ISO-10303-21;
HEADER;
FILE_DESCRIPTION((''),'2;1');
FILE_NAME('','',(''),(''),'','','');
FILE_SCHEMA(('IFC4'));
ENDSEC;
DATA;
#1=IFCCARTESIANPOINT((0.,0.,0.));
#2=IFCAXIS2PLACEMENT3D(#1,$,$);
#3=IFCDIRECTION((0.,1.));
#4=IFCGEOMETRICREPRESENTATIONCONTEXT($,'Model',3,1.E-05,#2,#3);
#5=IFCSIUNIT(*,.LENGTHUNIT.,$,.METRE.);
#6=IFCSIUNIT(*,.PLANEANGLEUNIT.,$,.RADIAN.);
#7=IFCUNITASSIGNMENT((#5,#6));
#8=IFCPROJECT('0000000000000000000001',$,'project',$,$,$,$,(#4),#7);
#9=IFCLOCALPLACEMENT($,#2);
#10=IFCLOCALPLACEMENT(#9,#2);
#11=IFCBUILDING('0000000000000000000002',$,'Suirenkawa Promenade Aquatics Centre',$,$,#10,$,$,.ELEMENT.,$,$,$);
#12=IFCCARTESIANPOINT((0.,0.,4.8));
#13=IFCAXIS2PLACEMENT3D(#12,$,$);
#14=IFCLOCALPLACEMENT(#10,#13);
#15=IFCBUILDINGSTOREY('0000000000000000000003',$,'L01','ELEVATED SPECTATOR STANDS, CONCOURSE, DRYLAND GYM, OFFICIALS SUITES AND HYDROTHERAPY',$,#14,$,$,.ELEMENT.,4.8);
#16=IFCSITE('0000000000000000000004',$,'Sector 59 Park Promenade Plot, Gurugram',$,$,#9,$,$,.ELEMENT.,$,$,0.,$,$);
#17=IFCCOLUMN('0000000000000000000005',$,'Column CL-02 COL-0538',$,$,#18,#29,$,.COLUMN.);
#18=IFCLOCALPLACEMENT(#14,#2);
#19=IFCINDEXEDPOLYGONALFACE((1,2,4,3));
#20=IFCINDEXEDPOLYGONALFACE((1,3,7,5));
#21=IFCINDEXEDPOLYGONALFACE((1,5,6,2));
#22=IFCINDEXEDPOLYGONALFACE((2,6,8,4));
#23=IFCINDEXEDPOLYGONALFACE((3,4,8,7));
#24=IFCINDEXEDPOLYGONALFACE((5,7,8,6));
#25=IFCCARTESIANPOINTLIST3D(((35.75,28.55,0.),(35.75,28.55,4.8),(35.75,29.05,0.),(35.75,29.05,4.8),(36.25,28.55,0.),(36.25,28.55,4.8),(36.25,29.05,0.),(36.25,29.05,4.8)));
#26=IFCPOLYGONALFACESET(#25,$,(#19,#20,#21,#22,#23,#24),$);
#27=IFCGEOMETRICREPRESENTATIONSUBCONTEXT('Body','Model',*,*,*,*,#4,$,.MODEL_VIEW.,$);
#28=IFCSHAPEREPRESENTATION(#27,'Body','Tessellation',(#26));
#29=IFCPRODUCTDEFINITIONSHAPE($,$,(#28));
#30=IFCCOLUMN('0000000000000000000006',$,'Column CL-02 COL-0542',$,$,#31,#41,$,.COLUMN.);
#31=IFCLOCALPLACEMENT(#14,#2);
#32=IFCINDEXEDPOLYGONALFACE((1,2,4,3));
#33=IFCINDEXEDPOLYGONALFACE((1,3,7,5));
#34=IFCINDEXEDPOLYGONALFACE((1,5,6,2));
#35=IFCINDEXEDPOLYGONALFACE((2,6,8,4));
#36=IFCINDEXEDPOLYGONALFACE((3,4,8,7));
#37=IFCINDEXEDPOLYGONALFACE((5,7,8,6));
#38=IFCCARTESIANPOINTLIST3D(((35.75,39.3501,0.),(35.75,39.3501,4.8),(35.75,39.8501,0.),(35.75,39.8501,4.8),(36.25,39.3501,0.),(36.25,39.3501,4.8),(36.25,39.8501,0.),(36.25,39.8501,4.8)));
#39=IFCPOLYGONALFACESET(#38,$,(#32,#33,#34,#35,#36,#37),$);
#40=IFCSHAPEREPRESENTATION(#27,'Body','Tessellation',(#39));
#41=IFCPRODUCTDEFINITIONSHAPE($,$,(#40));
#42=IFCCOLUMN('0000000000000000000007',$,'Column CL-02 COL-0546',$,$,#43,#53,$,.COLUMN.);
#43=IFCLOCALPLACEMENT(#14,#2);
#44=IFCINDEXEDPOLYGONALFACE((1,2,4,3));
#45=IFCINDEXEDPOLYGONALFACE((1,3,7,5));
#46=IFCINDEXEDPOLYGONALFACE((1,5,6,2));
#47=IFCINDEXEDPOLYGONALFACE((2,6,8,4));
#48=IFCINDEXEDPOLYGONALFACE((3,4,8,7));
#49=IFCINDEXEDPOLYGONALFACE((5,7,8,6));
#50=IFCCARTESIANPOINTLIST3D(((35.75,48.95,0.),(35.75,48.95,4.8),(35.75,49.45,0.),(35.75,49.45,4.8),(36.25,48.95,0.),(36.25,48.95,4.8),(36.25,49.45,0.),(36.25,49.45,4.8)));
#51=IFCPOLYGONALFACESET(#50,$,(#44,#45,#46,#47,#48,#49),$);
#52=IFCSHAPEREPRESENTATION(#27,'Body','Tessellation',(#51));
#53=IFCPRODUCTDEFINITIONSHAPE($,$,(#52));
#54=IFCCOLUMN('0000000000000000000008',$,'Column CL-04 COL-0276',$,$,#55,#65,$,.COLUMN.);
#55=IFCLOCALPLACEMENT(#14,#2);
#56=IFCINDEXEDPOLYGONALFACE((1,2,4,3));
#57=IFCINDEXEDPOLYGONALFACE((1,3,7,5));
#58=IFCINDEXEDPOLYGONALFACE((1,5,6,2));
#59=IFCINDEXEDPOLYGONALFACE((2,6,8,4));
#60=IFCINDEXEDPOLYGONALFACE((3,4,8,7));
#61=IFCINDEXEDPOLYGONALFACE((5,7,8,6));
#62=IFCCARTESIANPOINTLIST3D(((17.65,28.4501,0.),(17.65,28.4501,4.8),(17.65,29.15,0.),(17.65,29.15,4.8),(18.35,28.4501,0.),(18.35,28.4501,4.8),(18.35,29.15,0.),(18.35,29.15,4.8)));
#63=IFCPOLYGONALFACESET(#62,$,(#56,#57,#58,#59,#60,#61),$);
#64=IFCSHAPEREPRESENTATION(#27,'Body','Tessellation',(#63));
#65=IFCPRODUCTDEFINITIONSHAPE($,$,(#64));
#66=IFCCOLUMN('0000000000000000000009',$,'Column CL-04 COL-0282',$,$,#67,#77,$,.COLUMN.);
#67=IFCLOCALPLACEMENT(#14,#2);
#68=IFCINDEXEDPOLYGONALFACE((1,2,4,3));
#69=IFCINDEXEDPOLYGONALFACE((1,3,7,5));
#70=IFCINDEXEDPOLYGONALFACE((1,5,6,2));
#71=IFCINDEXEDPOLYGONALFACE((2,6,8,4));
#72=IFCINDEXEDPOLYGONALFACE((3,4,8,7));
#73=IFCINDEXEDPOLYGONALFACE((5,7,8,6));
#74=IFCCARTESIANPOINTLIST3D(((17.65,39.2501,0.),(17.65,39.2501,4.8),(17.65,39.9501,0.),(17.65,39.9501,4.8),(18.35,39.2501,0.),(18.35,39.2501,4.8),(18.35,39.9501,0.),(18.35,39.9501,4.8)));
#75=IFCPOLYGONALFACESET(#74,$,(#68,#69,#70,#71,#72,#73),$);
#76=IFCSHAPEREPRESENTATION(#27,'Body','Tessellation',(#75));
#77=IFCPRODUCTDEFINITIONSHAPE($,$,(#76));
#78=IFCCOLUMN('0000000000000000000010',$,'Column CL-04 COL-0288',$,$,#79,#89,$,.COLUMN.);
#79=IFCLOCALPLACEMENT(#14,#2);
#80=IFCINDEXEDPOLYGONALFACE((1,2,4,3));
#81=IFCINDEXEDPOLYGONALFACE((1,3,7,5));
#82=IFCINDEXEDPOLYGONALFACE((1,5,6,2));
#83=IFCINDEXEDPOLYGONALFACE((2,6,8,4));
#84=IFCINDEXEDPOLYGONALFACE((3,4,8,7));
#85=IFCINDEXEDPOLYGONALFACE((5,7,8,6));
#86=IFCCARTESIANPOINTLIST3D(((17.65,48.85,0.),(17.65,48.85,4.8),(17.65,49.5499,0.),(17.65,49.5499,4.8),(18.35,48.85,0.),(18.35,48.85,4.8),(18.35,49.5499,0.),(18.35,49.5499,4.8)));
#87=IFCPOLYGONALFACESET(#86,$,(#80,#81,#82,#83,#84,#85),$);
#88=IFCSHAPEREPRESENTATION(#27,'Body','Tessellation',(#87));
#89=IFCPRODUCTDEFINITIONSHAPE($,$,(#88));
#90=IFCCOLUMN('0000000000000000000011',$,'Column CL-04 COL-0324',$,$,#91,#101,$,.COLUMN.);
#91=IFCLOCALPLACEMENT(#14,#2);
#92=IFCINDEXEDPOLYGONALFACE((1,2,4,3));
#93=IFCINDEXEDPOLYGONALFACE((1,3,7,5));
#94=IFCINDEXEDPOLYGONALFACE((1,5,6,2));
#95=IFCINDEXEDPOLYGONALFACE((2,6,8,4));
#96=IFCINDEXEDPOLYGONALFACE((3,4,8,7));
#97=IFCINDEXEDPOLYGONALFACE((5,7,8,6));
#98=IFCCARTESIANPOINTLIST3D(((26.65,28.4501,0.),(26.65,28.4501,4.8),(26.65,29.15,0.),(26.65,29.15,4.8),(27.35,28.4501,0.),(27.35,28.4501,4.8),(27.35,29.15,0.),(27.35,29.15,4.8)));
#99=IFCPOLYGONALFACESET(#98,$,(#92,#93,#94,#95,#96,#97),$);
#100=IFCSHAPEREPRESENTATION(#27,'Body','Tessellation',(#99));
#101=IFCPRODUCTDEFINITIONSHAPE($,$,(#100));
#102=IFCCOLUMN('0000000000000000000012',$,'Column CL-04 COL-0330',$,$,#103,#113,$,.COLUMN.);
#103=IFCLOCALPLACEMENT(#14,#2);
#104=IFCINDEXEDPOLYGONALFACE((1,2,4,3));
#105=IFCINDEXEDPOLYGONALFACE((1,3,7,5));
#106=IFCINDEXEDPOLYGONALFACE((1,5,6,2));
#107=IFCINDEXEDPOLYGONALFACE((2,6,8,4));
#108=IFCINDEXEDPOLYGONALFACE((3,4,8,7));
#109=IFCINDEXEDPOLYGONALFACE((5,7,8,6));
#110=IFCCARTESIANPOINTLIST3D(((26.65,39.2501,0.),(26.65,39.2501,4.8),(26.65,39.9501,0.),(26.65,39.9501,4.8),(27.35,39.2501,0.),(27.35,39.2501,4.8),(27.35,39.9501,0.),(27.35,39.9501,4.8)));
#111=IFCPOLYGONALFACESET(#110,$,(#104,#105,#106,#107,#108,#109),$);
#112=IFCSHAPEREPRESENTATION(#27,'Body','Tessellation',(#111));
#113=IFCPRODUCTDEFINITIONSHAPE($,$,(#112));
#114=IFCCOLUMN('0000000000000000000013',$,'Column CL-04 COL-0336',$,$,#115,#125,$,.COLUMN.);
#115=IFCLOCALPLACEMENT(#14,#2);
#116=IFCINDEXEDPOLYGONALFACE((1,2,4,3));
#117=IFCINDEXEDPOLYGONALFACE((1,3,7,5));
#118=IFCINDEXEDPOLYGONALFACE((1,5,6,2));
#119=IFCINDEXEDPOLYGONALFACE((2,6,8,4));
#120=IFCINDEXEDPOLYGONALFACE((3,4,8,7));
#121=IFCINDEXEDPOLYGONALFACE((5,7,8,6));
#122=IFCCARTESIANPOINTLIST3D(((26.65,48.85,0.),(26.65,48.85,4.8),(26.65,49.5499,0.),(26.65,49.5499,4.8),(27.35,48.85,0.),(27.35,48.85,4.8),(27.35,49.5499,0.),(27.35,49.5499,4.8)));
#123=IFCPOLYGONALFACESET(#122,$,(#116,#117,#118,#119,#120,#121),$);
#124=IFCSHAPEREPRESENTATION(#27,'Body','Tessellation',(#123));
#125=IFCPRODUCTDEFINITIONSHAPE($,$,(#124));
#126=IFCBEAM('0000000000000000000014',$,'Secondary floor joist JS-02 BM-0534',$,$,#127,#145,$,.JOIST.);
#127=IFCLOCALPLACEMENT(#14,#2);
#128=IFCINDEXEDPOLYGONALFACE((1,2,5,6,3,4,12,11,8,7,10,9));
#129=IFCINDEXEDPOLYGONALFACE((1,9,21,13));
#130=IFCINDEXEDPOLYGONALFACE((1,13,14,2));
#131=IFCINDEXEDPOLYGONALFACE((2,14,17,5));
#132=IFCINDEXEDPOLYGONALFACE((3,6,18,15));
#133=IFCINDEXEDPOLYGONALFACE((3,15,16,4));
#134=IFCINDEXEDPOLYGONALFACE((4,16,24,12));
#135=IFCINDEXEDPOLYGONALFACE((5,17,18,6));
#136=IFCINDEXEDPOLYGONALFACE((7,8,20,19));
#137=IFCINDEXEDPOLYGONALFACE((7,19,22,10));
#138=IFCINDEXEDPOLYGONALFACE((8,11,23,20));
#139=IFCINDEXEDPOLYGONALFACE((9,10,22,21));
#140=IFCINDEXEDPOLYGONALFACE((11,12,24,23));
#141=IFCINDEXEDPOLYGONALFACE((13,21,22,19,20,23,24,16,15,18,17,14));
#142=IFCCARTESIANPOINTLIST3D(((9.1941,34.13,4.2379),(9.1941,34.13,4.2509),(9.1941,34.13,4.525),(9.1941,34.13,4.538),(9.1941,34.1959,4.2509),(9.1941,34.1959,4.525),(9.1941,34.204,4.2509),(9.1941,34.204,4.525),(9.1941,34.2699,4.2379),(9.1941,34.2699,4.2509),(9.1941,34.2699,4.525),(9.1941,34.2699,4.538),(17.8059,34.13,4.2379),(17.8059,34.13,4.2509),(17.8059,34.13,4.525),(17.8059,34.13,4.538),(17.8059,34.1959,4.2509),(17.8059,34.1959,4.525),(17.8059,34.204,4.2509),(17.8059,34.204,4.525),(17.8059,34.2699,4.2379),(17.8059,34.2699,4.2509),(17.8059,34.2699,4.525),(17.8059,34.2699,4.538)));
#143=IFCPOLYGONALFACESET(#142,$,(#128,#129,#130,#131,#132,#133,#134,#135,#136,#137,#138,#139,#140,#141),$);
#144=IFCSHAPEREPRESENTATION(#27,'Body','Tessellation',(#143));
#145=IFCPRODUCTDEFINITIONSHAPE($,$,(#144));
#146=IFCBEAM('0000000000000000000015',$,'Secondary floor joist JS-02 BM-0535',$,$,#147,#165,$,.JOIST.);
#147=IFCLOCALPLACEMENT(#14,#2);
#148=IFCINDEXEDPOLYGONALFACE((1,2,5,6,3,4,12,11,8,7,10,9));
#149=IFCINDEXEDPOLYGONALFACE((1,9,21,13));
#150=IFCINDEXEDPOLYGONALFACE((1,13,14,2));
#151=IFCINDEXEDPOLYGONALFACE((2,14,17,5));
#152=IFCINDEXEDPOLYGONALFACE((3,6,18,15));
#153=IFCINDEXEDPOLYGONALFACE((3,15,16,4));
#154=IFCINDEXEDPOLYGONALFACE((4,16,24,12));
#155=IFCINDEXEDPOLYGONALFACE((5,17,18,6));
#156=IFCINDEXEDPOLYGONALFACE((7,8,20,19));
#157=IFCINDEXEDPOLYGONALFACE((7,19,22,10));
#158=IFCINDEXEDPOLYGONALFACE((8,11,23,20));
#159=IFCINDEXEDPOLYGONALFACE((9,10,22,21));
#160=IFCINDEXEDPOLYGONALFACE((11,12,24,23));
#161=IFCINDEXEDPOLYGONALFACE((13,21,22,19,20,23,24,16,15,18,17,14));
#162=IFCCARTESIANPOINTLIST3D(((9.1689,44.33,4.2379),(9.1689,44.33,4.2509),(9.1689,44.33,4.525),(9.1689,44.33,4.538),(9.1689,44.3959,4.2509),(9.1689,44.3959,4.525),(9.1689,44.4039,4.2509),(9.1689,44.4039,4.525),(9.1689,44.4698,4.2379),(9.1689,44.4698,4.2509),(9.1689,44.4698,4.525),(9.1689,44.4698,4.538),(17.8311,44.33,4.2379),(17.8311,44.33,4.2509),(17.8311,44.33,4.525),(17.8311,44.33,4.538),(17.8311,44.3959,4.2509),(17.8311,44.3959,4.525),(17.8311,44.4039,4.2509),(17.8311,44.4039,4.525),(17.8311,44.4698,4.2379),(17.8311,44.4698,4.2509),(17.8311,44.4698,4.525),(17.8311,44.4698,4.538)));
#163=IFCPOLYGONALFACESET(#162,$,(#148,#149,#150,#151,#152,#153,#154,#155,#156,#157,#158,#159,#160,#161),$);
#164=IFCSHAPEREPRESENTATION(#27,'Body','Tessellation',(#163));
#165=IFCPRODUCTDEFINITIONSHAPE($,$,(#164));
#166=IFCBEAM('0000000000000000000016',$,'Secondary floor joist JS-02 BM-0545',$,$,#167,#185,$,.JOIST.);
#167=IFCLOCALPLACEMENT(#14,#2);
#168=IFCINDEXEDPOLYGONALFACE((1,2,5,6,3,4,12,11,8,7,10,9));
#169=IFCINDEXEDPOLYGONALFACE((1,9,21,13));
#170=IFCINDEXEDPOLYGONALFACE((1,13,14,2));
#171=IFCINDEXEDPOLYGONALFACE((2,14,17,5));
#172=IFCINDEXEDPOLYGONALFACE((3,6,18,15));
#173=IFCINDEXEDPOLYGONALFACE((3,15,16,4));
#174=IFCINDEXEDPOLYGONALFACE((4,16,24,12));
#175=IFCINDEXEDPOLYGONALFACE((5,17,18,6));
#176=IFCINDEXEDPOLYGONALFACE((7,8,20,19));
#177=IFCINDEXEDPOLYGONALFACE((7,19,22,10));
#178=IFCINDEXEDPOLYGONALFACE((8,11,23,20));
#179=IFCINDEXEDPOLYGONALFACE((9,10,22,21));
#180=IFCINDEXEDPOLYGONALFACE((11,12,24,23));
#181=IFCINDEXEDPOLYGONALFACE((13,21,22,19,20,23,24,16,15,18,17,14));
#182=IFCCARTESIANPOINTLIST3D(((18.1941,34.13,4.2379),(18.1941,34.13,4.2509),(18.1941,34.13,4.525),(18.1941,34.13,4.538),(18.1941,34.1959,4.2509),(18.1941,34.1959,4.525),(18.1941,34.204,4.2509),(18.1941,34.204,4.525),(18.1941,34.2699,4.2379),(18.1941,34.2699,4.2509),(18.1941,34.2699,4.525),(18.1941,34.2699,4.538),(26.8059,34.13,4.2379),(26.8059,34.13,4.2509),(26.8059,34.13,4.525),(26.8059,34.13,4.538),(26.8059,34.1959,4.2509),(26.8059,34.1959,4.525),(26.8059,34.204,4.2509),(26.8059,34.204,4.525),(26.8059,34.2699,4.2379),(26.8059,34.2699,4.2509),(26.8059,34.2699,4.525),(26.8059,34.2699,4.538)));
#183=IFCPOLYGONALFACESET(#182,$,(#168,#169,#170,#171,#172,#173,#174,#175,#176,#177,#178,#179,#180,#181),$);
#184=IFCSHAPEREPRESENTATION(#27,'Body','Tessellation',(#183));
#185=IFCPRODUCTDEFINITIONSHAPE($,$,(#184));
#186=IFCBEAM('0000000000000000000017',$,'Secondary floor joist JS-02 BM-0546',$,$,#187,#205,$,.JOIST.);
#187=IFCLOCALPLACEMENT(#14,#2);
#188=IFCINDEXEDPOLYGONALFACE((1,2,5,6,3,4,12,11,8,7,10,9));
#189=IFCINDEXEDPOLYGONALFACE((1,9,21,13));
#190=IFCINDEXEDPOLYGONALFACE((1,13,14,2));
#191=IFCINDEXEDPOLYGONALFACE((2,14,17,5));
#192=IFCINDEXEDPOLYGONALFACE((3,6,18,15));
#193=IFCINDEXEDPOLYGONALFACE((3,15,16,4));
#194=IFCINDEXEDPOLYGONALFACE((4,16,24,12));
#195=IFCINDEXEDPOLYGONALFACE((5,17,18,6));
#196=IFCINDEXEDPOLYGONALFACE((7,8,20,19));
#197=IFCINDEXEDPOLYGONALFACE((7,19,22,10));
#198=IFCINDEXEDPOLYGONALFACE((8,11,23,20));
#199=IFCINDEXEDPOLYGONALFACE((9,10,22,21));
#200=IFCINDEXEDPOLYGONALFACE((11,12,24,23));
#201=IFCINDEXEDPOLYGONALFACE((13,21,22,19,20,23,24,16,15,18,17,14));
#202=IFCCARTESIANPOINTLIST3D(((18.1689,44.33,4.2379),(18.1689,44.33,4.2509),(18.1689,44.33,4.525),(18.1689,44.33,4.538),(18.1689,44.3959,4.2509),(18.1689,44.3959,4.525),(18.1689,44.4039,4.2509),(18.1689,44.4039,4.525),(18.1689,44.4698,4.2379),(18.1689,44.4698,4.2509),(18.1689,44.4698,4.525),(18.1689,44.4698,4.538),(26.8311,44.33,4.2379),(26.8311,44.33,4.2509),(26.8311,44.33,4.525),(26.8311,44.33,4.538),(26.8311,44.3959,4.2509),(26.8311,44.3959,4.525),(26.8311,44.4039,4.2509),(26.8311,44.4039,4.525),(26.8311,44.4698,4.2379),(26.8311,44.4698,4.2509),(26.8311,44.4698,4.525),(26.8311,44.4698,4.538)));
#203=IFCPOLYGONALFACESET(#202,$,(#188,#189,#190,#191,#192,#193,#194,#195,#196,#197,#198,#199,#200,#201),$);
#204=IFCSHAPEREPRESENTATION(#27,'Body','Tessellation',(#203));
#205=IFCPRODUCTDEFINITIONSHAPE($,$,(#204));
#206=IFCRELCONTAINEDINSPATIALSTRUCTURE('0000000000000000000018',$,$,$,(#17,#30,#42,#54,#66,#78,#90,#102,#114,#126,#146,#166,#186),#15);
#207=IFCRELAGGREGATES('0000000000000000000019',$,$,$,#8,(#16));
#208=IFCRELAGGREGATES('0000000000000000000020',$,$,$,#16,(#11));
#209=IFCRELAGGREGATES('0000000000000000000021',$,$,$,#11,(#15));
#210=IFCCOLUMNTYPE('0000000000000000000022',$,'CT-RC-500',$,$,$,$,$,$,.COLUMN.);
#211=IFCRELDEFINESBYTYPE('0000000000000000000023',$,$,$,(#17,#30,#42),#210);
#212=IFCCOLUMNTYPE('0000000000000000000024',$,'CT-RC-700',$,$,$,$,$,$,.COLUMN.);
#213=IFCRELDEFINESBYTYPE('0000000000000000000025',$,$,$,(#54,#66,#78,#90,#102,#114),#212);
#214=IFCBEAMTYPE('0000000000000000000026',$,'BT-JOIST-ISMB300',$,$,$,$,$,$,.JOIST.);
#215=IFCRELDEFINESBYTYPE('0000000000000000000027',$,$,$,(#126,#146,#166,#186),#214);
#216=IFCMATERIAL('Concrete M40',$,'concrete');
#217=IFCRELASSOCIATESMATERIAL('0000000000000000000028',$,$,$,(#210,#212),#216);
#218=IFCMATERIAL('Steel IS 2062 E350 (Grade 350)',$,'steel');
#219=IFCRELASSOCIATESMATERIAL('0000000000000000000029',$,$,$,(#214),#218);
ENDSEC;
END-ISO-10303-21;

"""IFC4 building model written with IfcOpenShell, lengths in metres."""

from ifc_helpers import new_model, si_unit, direction, frame, origin, origin_2d, place, context, subcontext, project, spatial, rectangle, i_section, extrude, material, material_profile, profile_set, type_object, element, save


model = new_model("IFC4")

# Units and contexts
model_context = context("Model", 3, precision=1e-05, world=origin(), true_north=direction((0.0, 1.0)))
body_context = subcontext(model_context, "Body", "Model", "MODEL_VIEW")
ifc_project = project(units=[si_unit("LENGTHUNIT", "METRE"), si_unit("PLANEANGLEUNIT", "RADIAN")], contexts=[model_context])

# Site, building, storey
site_placement = place(None, origin())
site = spatial("IfcSite", under=ifc_project, at=site_placement, Name="Sector 59 Park Promenade Plot, Gurugram", CompositionType="ELEMENT", RefElevation=0.0)
building_placement = place(site_placement, origin())
building = spatial("IfcBuilding", under=site, at=building_placement, Name="Suirenkawa Promenade Aquatics Centre", CompositionType="ELEMENT")
storey_placement = place(building_placement, frame((0.0, 0.0, 4.8)))
storey = spatial("IfcBuildingStorey", under=building, at=storey_placement, Name="L01", Description="ELEVATED SPECTATOR STANDS, CONCOURSE, DRYLAND GYM, OFFICIALS SUITES AND HYDROTHERAPY", CompositionType="ELEMENT", Elevation=4.8)

# Columns
ifc_material_1 = material(Name="Concrete M40", Category="concrete")
ifc_material_profile_1 = material_profile(ifc_material_1, rectangle(XDim=0.5, YDim=0.5, at=origin_2d()), Name="RC COL 500x500", Category="concrete")
ifc_profile_set_1 = profile_set([ifc_material_profile_1], Name="Concrete M40")
column_type_1 = type_object("IfcColumnType", Name="CT-RC-500", PredefinedType="COLUMN", material=ifc_profile_set_1)
for number, where, z_axis, x_axis, name in (
    (1, (36.0, 28.8, 0.0), (0.0, 0.0, 1.0), (1.0, 0.0, 0.0), "Column CL-02 COL-0538"),
    (2, (36.0, 39.6001, 0.0), (0.0, 0.0, 1.0), (1.0, 0.0, 0.0), "Column CL-02 COL-0542"),
    (3, (36.0, 49.2, 0.0), (0.0, 0.0, 1.0), (1.0, 0.0, 0.0), "Column CL-02 COL-0546"),
):
    element("IfcColumn", number, at=place(storey_placement, frame(where, z_axis=z_axis, x_axis=x_axis)), inside=storey, type_object=column_type_1, Name=name, PredefinedType="COLUMN", context=body_context, shape_type="SweptSolid", body=[
        extrude(rectangle(XDim=0.5, YDim=0.5, at=origin_2d()), origin(), (0.0, 0.0, 1.0), 4.8),
    ])
ifc_material_profile_2 = material_profile(ifc_material_1, rectangle(XDim=0.7, YDim=0.7, at=origin_2d()), Name="RC COL 700x700", Category="concrete")
ifc_profile_set_2 = profile_set([ifc_material_profile_2], Name="Concrete M40")
column_type_2 = type_object("IfcColumnType", Name="CT-RC-700", PredefinedType="COLUMN", material=ifc_profile_set_2)
for number, where, z_axis, x_axis, name in (
    (4, (18.0, 28.8, 0.0), (0.0, 0.0, 1.0), (1.0, 0.0, 0.0), "Column CL-04 COL-0276"),
    (5, (18.0, 39.6001, 0.0), (0.0, 0.0, 1.0), (1.0, 0.0, 0.0), "Column CL-04 COL-0282"),
    (6, (18.0, 49.2, 0.0), (0.0, 0.0, 1.0), (1.0, 0.0, 0.0), "Column CL-04 COL-0288"),
    (7, (27.0, 28.8, 0.0), (0.0, 0.0, 1.0), (1.0, 0.0, 0.0), "Column CL-04 COL-0324"),
    (8, (27.0, 39.6001, 0.0), (0.0, 0.0, 1.0), (1.0, 0.0, 0.0), "Column CL-04 COL-0330"),
    (9, (27.0, 49.2, 0.0), (0.0, 0.0, 1.0), (1.0, 0.0, 0.0), "Column CL-04 COL-0336"),
):
    element("IfcColumn", number, at=place(storey_placement, frame(where, z_axis=z_axis, x_axis=x_axis)), inside=storey, type_object=column_type_2, Name=name, PredefinedType="COLUMN", context=body_context, shape_type="SweptSolid", body=[
        extrude(rectangle(XDim=0.7, YDim=0.7, at=origin_2d()), origin(), (0.0, 0.0, 1.0), 4.8),
    ])

# Beams
ifc_material_2 = material(Name="Steel IS 2062 E350 (Grade 350)", Category="steel")
ifc_material_profile_3 = material_profile(ifc_material_2, i_section(OverallWidth=0.1399, OverallDepth=0.3, WebThickness=0.0081, FlangeThickness=0.0129, at=origin_2d()), Name="ISMB 300", Category="steel")
ifc_profile_set_3 = profile_set([ifc_material_profile_3], Name="Steel IS 2062 E350 (Grade 350)")
beam_type_1 = type_object("IfcBeamType", Name="BT-JOIST-ISMB300", PredefinedType="JOIST", material=ifc_profile_set_3)
beam_1_placement = place(storey_placement, frame((9.1941, 34.2, 4.3879), z_axis=(1.0, 0.0, 0.0), x_axis=(0.0, 1.0, 0.0)))
element("IfcBeam", 10, at=beam_1_placement, inside=storey, type_object=beam_type_1, Name="Secondary floor joist JS-02 BM-0534", PredefinedType="JOIST", context=body_context, shape_type="SweptSolid", body=[
    extrude(i_section(OverallWidth=0.1399, OverallDepth=0.3, WebThickness=0.0081, FlangeThickness=0.0129, at=origin_2d()), origin(), (0.0, 0.0, 1.0), 8.6118),
])
beam_2_placement = place(storey_placement, frame((9.1689, 44.3999, 4.3879), z_axis=(1.0, 0.0, 0.0), x_axis=(0.0, 1.0, 0.0)))
element("IfcBeam", 11, at=beam_2_placement, inside=storey, type_object=beam_type_1, Name="Secondary floor joist JS-02 BM-0535", PredefinedType="JOIST", context=body_context, shape_type="SweptSolid", body=[
    extrude(i_section(OverallWidth=0.1399, OverallDepth=0.3, WebThickness=0.0081, FlangeThickness=0.0129, at=origin_2d()), origin(), (0.0, 0.0, 1.0), 8.6621),
])
beam_3_placement = place(storey_placement, frame((18.1941, 34.2, 4.3879), z_axis=(1.0, 0.0, 0.0), x_axis=(0.0, 1.0, 0.0)))
element("IfcBeam", 12, at=beam_3_placement, inside=storey, type_object=beam_type_1, Name="Secondary floor joist JS-02 BM-0545", PredefinedType="JOIST", context=body_context, shape_type="SweptSolid", body=[
    extrude(i_section(OverallWidth=0.1399, OverallDepth=0.3, WebThickness=0.0081, FlangeThickness=0.0129, at=origin_2d()), origin(), (0.0, 0.0, 1.0), 8.6118),
])
beam_4_placement = place(storey_placement, frame((18.1689, 44.3999, 4.3879), z_axis=(1.0, 0.0, 0.0), x_axis=(0.0, 1.0, 0.0)))
element("IfcBeam", 13, at=beam_4_placement, inside=storey, type_object=beam_type_1, Name="Secondary floor joist JS-02 BM-0546", PredefinedType="JOIST", context=body_context, shape_type="SweptSolid", body=[
    extrude(i_section(OverallWidth=0.1399, OverallDepth=0.3, WebThickness=0.0081, FlangeThickness=0.0129, at=origin_2d()), origin(), (0.0, 0.0, 1.0), 8.6621),
])

save(model, "model.ifc")
